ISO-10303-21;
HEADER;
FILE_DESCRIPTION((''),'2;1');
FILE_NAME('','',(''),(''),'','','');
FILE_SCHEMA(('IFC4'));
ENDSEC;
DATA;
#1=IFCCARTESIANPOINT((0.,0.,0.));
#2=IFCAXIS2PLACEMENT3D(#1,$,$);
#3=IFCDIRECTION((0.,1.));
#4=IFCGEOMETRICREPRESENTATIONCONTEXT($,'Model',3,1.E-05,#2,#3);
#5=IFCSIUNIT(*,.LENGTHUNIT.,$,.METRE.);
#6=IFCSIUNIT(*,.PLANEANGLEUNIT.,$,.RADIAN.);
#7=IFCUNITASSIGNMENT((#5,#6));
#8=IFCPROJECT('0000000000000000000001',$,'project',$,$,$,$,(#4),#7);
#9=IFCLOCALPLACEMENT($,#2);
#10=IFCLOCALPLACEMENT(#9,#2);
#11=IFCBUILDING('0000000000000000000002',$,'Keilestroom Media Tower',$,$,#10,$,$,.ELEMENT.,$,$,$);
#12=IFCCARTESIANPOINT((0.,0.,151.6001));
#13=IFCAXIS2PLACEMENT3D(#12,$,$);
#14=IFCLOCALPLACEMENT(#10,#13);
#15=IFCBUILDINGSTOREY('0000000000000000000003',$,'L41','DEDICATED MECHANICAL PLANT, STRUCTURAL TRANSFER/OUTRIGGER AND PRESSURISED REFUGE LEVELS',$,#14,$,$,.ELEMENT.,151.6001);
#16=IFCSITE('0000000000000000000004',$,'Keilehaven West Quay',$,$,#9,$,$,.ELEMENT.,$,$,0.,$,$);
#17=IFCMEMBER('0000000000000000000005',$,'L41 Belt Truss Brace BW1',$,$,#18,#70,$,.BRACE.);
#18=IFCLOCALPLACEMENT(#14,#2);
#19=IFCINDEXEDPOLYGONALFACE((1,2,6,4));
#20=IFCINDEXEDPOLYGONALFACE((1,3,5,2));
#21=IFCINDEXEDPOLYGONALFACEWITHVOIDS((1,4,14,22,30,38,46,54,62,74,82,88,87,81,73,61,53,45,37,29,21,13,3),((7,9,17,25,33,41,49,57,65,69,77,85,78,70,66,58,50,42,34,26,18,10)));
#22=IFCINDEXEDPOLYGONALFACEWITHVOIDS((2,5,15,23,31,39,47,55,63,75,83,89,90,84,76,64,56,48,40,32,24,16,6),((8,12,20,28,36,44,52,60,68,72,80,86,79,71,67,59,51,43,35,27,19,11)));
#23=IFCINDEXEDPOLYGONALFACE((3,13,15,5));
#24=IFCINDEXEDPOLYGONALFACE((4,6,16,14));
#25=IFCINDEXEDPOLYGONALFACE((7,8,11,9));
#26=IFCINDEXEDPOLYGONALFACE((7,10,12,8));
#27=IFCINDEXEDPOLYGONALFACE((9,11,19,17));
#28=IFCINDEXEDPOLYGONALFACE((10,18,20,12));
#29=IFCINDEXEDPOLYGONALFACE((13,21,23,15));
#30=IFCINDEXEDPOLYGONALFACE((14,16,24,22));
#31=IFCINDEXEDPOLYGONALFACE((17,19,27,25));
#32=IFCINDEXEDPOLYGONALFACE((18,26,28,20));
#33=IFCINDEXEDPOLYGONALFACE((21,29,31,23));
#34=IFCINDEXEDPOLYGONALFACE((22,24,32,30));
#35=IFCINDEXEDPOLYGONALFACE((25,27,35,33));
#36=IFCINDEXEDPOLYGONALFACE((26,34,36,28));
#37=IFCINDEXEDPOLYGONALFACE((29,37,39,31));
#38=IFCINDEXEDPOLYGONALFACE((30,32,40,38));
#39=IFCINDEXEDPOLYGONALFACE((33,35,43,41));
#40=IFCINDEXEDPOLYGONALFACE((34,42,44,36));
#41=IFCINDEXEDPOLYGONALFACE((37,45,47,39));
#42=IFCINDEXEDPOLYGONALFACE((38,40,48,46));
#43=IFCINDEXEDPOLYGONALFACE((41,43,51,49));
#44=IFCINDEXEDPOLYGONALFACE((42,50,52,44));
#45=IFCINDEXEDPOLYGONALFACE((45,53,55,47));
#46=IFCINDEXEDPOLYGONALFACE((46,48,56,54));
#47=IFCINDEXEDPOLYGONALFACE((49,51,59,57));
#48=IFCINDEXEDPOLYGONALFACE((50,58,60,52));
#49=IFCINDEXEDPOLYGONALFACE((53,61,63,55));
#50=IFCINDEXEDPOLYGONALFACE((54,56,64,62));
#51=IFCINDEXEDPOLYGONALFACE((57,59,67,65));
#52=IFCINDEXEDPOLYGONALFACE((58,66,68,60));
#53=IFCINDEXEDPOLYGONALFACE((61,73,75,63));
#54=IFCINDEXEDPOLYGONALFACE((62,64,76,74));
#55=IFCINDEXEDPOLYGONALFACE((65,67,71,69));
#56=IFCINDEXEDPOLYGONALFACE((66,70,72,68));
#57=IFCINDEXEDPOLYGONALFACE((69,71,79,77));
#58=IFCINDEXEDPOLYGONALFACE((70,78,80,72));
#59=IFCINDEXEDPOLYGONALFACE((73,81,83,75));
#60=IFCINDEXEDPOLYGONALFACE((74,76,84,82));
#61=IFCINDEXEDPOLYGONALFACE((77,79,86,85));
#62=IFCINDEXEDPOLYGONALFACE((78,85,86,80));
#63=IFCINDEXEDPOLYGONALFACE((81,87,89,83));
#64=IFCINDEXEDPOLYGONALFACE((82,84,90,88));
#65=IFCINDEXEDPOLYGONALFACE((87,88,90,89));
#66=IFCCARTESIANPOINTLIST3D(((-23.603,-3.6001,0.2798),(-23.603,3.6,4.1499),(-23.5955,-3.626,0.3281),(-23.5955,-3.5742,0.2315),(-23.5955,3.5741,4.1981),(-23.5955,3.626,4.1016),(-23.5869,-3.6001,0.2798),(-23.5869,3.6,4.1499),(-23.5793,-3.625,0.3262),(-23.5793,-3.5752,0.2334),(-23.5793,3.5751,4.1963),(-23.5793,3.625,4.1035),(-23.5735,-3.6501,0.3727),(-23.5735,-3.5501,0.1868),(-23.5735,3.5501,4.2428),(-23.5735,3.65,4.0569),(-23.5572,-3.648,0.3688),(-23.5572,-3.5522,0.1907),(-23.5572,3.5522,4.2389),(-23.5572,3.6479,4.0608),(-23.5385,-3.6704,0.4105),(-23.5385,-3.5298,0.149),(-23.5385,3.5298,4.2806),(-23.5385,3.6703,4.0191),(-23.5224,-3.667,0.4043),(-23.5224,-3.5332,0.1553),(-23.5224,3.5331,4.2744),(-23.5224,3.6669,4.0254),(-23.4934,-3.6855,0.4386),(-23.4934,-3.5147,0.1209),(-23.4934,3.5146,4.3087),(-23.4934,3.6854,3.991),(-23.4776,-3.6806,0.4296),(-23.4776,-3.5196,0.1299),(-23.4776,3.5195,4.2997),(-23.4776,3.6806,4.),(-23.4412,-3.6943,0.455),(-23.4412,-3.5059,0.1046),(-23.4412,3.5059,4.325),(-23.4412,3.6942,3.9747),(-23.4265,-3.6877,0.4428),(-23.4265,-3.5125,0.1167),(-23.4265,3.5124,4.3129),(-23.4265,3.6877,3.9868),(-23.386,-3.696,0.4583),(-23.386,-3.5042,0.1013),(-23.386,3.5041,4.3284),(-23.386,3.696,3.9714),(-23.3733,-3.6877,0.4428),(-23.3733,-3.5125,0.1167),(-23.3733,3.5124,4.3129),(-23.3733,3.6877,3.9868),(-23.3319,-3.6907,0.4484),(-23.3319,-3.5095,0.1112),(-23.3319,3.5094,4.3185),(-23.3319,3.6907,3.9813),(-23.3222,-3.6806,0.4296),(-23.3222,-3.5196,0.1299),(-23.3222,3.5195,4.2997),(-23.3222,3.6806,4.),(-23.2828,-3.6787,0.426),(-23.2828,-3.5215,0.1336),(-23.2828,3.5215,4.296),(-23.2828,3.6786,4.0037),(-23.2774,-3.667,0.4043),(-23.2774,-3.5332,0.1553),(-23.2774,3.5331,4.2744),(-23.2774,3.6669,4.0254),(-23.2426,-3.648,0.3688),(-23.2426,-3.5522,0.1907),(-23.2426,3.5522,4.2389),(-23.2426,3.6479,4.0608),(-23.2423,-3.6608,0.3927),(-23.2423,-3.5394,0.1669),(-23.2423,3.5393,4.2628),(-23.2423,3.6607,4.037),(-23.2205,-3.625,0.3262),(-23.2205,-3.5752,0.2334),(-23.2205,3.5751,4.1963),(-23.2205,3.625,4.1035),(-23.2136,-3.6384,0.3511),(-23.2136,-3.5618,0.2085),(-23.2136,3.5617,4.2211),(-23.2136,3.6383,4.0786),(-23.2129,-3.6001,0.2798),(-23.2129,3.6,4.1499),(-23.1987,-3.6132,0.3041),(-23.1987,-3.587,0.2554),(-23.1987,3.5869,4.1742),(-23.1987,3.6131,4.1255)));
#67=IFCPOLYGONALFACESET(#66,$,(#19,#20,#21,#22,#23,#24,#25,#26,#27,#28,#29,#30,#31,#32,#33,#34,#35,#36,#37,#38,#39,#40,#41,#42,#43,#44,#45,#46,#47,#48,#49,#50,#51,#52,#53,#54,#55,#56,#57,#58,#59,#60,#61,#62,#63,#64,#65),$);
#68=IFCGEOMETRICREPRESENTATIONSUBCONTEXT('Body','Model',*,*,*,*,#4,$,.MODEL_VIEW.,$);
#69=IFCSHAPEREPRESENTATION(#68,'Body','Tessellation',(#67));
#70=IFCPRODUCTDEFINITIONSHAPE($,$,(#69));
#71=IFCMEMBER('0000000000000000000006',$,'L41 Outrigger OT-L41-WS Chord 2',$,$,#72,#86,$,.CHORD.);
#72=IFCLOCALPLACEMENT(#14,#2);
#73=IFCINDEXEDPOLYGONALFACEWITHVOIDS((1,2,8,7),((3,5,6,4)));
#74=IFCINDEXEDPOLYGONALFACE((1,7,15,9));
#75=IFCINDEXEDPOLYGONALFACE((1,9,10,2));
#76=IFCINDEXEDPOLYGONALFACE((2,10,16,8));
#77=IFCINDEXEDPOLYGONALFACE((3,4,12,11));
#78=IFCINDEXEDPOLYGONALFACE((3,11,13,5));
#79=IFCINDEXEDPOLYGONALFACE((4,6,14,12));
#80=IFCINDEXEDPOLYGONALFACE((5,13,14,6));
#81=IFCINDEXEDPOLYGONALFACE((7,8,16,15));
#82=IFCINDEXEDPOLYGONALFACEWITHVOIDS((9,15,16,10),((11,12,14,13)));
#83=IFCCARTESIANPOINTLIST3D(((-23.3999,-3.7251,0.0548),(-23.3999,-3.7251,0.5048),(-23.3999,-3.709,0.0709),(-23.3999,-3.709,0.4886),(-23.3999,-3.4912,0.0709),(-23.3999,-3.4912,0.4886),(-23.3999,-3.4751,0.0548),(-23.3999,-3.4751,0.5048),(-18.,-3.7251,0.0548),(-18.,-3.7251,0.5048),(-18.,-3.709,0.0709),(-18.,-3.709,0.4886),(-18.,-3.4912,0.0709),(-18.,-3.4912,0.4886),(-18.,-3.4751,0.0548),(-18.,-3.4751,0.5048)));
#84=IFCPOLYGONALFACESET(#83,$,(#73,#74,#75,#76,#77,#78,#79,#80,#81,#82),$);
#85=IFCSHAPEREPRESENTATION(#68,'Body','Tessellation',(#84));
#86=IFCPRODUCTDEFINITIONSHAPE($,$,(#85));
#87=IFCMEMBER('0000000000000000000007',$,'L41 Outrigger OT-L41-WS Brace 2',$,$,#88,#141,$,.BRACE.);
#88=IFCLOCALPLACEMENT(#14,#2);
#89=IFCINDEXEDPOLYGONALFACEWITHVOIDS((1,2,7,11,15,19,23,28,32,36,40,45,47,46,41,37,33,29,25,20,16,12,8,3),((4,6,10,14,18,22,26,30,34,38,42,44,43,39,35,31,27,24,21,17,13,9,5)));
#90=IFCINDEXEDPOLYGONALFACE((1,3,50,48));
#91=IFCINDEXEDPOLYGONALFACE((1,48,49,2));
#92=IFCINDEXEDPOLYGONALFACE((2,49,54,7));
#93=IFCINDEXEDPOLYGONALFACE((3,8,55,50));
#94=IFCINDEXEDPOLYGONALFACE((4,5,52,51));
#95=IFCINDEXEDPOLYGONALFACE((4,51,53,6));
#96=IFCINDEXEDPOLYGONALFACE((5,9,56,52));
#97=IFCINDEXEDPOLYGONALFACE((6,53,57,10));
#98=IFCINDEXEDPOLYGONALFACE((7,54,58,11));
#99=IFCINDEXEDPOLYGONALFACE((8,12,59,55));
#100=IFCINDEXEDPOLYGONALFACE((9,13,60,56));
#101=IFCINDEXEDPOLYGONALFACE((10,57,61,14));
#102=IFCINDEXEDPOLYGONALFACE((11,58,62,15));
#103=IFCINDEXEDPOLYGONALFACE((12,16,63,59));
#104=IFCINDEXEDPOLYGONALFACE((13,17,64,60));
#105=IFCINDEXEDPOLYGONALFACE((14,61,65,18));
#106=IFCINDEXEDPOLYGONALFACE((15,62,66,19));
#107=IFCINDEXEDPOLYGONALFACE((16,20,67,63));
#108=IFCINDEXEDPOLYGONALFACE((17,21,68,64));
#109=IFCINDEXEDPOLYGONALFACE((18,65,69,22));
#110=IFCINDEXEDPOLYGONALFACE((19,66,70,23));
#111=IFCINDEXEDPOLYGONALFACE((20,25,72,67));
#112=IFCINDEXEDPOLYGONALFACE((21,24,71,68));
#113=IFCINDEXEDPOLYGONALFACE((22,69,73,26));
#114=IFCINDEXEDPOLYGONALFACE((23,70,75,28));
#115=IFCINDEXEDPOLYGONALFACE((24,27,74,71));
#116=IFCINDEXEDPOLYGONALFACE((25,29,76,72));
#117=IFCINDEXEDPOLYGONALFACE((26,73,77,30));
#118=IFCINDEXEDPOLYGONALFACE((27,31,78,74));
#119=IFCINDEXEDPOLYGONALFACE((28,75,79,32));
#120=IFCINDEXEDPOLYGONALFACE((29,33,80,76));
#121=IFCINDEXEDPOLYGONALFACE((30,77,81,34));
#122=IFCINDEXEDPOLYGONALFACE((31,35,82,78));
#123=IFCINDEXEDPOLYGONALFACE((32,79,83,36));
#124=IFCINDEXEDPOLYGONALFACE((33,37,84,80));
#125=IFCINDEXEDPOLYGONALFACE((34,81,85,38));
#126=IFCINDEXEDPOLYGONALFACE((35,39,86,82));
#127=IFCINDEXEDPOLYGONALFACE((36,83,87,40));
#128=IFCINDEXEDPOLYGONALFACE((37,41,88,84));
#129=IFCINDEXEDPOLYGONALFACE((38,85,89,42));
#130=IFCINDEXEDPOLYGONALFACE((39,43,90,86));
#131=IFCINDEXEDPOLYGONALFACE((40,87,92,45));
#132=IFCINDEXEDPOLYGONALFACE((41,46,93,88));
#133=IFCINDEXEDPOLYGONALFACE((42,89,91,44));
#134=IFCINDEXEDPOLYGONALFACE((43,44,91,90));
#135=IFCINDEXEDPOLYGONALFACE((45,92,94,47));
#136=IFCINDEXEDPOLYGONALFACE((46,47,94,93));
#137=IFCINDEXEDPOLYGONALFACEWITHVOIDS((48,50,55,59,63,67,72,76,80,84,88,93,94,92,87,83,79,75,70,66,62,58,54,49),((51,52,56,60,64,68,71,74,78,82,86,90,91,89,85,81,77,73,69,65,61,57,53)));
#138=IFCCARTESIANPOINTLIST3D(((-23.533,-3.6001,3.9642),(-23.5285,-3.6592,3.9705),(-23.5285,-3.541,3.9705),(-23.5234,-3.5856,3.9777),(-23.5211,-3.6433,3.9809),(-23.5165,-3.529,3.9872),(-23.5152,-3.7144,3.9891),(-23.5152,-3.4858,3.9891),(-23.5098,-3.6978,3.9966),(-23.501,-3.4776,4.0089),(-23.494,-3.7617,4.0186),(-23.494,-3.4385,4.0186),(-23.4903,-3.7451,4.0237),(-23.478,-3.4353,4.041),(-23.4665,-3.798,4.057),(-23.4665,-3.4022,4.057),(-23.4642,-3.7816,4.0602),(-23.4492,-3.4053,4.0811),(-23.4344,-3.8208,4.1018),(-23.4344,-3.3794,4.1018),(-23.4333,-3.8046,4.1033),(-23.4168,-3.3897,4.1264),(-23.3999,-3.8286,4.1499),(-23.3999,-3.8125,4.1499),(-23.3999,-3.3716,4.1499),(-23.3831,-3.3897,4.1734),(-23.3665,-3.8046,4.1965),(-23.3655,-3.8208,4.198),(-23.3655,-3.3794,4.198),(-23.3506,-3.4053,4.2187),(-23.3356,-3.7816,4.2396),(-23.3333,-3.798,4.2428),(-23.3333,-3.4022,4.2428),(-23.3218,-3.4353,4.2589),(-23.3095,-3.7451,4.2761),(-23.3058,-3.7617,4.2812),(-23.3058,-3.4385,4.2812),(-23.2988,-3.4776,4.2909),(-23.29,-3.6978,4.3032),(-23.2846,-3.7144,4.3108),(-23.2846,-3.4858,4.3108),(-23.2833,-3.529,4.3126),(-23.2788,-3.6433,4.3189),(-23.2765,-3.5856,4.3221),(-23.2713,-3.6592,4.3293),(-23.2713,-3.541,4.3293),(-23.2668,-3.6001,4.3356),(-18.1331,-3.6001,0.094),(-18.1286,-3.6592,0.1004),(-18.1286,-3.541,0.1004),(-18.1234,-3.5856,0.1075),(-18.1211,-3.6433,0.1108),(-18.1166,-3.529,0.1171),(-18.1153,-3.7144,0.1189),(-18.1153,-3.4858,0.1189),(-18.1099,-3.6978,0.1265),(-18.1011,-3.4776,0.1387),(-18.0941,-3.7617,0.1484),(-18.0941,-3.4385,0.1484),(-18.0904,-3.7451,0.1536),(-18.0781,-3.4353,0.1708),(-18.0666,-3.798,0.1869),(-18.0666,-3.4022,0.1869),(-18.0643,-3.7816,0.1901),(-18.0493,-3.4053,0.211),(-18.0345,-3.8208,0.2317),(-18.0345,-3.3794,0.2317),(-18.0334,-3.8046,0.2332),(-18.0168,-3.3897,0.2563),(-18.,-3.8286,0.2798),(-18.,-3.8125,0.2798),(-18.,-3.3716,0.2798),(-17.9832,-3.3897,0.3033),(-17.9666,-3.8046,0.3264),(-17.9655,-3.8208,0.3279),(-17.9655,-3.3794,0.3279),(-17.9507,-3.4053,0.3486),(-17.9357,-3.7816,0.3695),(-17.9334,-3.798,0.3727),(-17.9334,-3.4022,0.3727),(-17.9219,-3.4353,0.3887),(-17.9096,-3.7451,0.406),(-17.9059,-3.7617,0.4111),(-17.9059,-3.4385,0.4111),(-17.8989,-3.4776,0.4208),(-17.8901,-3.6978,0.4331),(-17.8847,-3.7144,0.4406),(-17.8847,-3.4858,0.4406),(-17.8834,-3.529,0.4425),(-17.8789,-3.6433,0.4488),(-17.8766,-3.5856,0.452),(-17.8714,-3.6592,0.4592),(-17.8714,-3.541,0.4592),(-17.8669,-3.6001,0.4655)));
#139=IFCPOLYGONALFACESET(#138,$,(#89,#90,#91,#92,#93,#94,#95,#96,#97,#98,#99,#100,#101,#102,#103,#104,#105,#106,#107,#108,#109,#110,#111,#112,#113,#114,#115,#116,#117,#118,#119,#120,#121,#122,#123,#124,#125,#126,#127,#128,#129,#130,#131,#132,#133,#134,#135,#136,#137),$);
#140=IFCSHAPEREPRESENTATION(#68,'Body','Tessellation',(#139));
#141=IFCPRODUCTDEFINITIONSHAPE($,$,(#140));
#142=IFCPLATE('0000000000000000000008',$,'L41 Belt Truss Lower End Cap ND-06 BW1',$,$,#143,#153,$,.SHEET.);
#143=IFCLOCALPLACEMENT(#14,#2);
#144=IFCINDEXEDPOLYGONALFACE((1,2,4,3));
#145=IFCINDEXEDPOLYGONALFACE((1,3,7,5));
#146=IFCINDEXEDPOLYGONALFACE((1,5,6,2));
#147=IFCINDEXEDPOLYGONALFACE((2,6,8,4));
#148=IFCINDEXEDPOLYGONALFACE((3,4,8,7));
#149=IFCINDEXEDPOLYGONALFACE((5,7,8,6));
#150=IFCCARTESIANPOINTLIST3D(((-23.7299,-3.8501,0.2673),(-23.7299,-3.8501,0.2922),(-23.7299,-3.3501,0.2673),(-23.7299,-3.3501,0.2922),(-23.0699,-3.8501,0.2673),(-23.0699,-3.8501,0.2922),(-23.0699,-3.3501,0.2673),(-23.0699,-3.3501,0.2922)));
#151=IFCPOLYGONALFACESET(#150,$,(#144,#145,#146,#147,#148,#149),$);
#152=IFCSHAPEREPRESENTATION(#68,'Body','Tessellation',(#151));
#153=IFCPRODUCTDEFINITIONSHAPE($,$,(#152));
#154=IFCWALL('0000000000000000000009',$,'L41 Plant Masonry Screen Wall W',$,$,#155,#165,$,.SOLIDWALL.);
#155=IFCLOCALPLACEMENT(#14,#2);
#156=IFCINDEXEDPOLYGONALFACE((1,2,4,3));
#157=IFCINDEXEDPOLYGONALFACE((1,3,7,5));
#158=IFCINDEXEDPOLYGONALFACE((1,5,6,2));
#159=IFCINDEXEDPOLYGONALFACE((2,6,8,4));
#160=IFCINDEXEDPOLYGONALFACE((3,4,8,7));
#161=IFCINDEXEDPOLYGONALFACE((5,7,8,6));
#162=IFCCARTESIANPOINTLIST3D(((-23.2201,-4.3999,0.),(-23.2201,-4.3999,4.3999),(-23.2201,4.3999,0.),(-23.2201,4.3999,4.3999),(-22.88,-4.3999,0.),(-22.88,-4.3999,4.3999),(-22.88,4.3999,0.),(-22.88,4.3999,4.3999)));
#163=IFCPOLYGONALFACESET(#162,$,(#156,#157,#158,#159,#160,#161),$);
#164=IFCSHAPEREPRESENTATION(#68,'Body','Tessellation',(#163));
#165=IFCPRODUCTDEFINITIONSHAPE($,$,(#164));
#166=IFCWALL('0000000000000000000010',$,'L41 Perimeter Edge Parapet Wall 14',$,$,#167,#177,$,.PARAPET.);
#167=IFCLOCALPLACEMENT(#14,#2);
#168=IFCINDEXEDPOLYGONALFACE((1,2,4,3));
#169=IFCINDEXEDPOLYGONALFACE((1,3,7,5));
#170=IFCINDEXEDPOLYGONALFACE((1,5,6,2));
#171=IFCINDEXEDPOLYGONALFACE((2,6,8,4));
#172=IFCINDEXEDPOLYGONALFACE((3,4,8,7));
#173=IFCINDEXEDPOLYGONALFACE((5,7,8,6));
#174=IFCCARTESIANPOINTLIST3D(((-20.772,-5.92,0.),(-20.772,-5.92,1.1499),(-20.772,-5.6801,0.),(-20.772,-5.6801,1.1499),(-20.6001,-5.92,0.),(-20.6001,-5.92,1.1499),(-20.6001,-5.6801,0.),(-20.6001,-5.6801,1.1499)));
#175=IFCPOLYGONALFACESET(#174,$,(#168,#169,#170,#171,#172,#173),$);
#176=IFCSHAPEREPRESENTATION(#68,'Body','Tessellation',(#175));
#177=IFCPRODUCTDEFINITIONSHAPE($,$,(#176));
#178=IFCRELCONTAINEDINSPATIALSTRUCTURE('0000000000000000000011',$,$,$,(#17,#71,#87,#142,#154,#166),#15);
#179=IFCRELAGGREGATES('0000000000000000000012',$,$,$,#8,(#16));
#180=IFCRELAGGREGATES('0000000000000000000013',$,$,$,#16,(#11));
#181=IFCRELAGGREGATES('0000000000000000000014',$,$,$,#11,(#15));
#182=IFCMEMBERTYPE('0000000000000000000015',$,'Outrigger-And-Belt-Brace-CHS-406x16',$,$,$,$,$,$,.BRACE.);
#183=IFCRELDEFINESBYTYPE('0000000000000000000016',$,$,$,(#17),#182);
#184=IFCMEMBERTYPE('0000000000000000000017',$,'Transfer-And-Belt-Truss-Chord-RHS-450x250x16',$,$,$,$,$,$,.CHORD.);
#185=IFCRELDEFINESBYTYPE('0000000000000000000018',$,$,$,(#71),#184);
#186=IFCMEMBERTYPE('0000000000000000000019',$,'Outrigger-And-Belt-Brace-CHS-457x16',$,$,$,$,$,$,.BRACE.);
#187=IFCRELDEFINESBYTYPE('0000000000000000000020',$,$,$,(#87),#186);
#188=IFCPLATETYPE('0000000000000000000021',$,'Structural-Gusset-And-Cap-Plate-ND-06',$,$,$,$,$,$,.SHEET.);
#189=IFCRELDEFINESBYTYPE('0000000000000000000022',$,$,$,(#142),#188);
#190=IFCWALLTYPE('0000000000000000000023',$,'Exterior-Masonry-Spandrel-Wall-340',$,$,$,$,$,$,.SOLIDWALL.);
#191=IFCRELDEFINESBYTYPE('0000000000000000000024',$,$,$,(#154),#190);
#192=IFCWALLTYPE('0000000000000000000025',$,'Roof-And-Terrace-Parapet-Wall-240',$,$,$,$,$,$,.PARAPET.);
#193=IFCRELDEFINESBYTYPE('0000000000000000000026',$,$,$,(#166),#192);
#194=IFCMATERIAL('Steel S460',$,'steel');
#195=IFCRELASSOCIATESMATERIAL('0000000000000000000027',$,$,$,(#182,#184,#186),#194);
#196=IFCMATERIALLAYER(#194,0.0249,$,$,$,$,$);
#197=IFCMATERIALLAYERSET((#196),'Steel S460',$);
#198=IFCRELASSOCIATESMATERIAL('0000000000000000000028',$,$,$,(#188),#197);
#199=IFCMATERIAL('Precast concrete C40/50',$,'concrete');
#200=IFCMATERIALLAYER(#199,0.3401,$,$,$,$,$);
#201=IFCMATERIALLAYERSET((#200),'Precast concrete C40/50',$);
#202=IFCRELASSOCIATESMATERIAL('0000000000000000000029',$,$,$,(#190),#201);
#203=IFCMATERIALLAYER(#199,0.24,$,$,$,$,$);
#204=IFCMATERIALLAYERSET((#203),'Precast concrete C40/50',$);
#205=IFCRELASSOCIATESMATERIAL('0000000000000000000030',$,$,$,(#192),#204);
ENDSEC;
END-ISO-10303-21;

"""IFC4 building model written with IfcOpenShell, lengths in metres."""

from ifc_helpers import new_model, si_unit, direction, frame, frame_2d, origin, origin_2d, place, context, subcontext, project, spatial, rectangle, hollow_rectangle, hollow_circle, extrude, source, transform, mapped, material, layer, layer_set, material_profile, profile_set, type_object, element, save


model = new_model("IFC4")

# Units and contexts
model_context = context("Model", 3, precision=1e-05, world=origin(), true_north=direction((0.0, 1.0)))
body_context = subcontext(model_context, "Body", "Model", "MODEL_VIEW")
ifc_project = project(units=[si_unit("LENGTHUNIT", "METRE"), si_unit("PLANEANGLEUNIT", "RADIAN")], contexts=[model_context])

# Site, building, storey
site_placement = place(None, origin())
site = spatial("IfcSite", under=ifc_project, at=site_placement, Name="Keilehaven West Quay", CompositionType="ELEMENT", RefElevation=0.0)
building_placement = place(site_placement, origin())
building = spatial("IfcBuilding", under=site, at=building_placement, Name="Keilestroom Media Tower", CompositionType="ELEMENT")
storey_placement = place(building_placement, frame((0.0, 0.0, 151.6001)))
storey = spatial("IfcBuildingStorey", under=building, at=storey_placement, Name="L41", Description="DEDICATED MECHANICAL PLANT, STRUCTURAL TRANSFER/OUTRIGGER AND PRESSURISED REFUGE LEVELS", CompositionType="ELEMENT", Elevation=151.6001)

# Shared definitions
ifc_material_1 = material(Name="Precast concrete C40/50", Category="concrete")

# Members
ifc_material_2 = material(Name="Steel S460", Category="steel")
ifc_material_profile_1 = material_profile(ifc_material_2, hollow_circle(Radius=0.2031, WallThickness=0.0161, at=origin_2d()), Name="CHS 406.4x16")
ifc_profile_set_1 = profile_set([ifc_material_profile_1], Name="Steel S460")
member_type_1 = type_object("IfcMemberType", Name="Outrigger-And-Belt-Brace-CHS-406x16", PredefinedType="BRACE", material=ifc_profile_set_1)
shared_shape_1 = source(origin(), body_context, "Body", "SweptSolid", [
    extrude(hollow_circle(Radius=0.2031, WallThickness=0.0161, at=origin_2d()), origin(), (0.0, 0.0, 1.0), 8.1743),
])
member_1_placement = place(storey_placement, frame((-23.3999, -3.6001, 0.2798), z_axis=(0.0, 0.880824, 0.473444), x_axis=(-1.0, 0.0, 0.0)))
element("IfcMember", 1, at=member_1_placement, inside=storey, type_object=member_type_1, Name="L41 Belt Truss Brace BW1", PredefinedType="BRACE", context=body_context, shape_type="MappedRepresentation", body=[
    mapped(shared_shape_1, transform((0.0, 0.0, 0.0), x_axis=(1.0, 0.0, 0.0), y_axis=(0.0, 1.0, 0.0), z_axis=(0.0, 0.0, 1.0), scale=1.0)),
])
ifc_material_profile_2 = material_profile(ifc_material_2, hollow_rectangle(XDim=0.25, YDim=0.45, WallThickness=0.0161, at=origin_2d()), Name="RHS 450x250x16")
ifc_profile_set_2 = profile_set([ifc_material_profile_2], Name="Steel S460")
member_type_2 = type_object("IfcMemberType", Name="Transfer-And-Belt-Truss-Chord-RHS-450x250x16", PredefinedType="CHORD", material=ifc_profile_set_2)
shared_shape_2 = source(origin(), body_context, "Body", "SweptSolid", [
    extrude(hollow_rectangle(XDim=0.25, YDim=0.45, WallThickness=0.0161, at=origin_2d()), origin(), (0.0, 0.0, 1.0), 5.3999),
])
member_2_placement = place(storey_placement, frame((-18.0, -3.6001, 0.2798), z_axis=(-1.0, 0.0, 0.0), x_axis=(0.0, -1.0, 0.0)))
element("IfcMember", 2, at=member_2_placement, inside=storey, type_object=member_type_2, Name="L41 Outrigger OT-L41-WS Chord 2", PredefinedType="CHORD", context=body_context, shape_type="MappedRepresentation", body=[
    mapped(shared_shape_2, transform((0.0, 0.0, 0.0), x_axis=(1.0, 0.0, 0.0), y_axis=(0.0, 1.0, 0.0), z_axis=(0.0, 0.0, 1.0), scale=1.0)),
])
ifc_material_profile_3 = material_profile(ifc_material_2, hollow_circle(Radius=0.2285, WallThickness=0.0161, at=origin_2d()), Name="CHS 457x16")
ifc_profile_set_3 = profile_set([ifc_material_profile_3], Name="Steel S460")
member_type_3 = type_object("IfcMemberType", Name="Outrigger-And-Belt-Brace-CHS-457x16", PredefinedType="BRACE", material=ifc_profile_set_3)
shared_shape_3 = source(origin(), body_context, "Body", "SweptSolid", [
    extrude(hollow_circle(Radius=0.2285, WallThickness=0.0161, at=origin_2d()), origin(), (0.0, 0.0, 1.0), 6.6436),
])
member_3_placement = place(storey_placement, frame((-18.0, -3.6001, 0.2798), z_axis=(-0.812804, 0.0, 0.582538), x_axis=(0.0, -1.0, 0.0)))
element("IfcMember", 3, at=member_3_placement, inside=storey, type_object=member_type_3, Name="L41 Outrigger OT-L41-WS Brace 2", PredefinedType="BRACE", context=body_context, shape_type="MappedRepresentation", body=[
    mapped(shared_shape_3, transform((0.0, 0.0, 0.0), x_axis=(1.0, 0.0, 0.0), y_axis=(0.0, 1.0, 0.0), z_axis=(0.0, 0.0, 1.0), scale=1.0)),
])

# Plate
ifc_layer_1 = layer(ifc_material_2, 0.0249)
ifc_layer_set_1 = layer_set([ifc_layer_1], Name="Steel S460")
plate_type = type_object("IfcPlateType", Name="Structural-Gusset-And-Cap-Plate-ND-06", PredefinedType="SHEET", material=ifc_layer_set_1)
shared_shape_4 = source(origin(), body_context, "Body", "SweptSolid", [
    extrude(rectangle(XDim=0.6599, YDim=0.5, at=origin_2d()), origin(), (0.0, 0.0, 1.0), 0.0249),
])
plate_placement = place(storey_placement, frame((-23.3999, -3.6001, 0.2673), z_axis=(0.0, 0.0, 1.0), x_axis=(1.0, 0.0, 0.0)))
element("IfcPlate", 4, at=plate_placement, inside=storey, type_object=plate_type, Name="L41 Belt Truss Lower End Cap ND-06 BW1", PredefinedType="SHEET", context=body_context, shape_type="MappedRepresentation", body=[
    mapped(shared_shape_4, transform((0.0, 0.0, 0.0), x_axis=(1.0, 0.0, 0.0), y_axis=(0.0, 1.0, 0.0), z_axis=(0.0, 0.0, 1.0), scale=1.0)),
])

# Walls
ifc_layer_2 = layer(ifc_material_1, 0.3401)
ifc_layer_set_2 = layer_set([ifc_layer_2], Name="Precast concrete C40/50")
wall_type_1 = type_object("IfcWallType", Name="Exterior-Masonry-Spandrel-Wall-340", PredefinedType="SOLIDWALL", material=ifc_layer_set_2)
wall_1_placement = place(storey_placement, frame((-23.05, -4.3999, 0.0), z_axis=(0.0, 0.0, 1.0), x_axis=(0.0, 1.0, 0.0)))
element("IfcWall", 5, at=wall_1_placement, inside=storey, type_object=wall_type_1, Name="L41 Plant Masonry Screen Wall W", PredefinedType="SOLIDWALL", context=body_context, shape_type="SweptSolid", body=[
    extrude(rectangle(XDim=8.7998, YDim=0.3401, at=frame_2d((4.3999, 0.0))), origin(), (0.0, 0.0, 1.0), 4.3999),
])
ifc_layer_3 = layer(ifc_material_1, 0.24)
ifc_layer_set_3 = layer_set([ifc_layer_3], Name="Precast concrete C40/50")
wall_type_2 = type_object("IfcWallType", Name="Roof-And-Terrace-Parapet-Wall-240", PredefinedType="PARAPET", material=ifc_layer_set_3)
wall_2_placement = place(storey_placement, frame((-20.6001, -5.8, 0.0), z_axis=(0.0, 0.0, 1.0), x_axis=(-1.0, 0.0, 0.0)))
element("IfcWall", 6, at=wall_2_placement, inside=storey, type_object=wall_type_2, Name="L41 Perimeter Edge Parapet Wall 14", PredefinedType="PARAPET", context=body_context, shape_type="SweptSolid", body=[
    extrude(rectangle(XDim=0.1719, YDim=0.24, at=frame_2d((0.0859, 0.0))), origin(), (0.0, 0.0, 1.0), 1.1499),
])

save(model, "model.ifc")
